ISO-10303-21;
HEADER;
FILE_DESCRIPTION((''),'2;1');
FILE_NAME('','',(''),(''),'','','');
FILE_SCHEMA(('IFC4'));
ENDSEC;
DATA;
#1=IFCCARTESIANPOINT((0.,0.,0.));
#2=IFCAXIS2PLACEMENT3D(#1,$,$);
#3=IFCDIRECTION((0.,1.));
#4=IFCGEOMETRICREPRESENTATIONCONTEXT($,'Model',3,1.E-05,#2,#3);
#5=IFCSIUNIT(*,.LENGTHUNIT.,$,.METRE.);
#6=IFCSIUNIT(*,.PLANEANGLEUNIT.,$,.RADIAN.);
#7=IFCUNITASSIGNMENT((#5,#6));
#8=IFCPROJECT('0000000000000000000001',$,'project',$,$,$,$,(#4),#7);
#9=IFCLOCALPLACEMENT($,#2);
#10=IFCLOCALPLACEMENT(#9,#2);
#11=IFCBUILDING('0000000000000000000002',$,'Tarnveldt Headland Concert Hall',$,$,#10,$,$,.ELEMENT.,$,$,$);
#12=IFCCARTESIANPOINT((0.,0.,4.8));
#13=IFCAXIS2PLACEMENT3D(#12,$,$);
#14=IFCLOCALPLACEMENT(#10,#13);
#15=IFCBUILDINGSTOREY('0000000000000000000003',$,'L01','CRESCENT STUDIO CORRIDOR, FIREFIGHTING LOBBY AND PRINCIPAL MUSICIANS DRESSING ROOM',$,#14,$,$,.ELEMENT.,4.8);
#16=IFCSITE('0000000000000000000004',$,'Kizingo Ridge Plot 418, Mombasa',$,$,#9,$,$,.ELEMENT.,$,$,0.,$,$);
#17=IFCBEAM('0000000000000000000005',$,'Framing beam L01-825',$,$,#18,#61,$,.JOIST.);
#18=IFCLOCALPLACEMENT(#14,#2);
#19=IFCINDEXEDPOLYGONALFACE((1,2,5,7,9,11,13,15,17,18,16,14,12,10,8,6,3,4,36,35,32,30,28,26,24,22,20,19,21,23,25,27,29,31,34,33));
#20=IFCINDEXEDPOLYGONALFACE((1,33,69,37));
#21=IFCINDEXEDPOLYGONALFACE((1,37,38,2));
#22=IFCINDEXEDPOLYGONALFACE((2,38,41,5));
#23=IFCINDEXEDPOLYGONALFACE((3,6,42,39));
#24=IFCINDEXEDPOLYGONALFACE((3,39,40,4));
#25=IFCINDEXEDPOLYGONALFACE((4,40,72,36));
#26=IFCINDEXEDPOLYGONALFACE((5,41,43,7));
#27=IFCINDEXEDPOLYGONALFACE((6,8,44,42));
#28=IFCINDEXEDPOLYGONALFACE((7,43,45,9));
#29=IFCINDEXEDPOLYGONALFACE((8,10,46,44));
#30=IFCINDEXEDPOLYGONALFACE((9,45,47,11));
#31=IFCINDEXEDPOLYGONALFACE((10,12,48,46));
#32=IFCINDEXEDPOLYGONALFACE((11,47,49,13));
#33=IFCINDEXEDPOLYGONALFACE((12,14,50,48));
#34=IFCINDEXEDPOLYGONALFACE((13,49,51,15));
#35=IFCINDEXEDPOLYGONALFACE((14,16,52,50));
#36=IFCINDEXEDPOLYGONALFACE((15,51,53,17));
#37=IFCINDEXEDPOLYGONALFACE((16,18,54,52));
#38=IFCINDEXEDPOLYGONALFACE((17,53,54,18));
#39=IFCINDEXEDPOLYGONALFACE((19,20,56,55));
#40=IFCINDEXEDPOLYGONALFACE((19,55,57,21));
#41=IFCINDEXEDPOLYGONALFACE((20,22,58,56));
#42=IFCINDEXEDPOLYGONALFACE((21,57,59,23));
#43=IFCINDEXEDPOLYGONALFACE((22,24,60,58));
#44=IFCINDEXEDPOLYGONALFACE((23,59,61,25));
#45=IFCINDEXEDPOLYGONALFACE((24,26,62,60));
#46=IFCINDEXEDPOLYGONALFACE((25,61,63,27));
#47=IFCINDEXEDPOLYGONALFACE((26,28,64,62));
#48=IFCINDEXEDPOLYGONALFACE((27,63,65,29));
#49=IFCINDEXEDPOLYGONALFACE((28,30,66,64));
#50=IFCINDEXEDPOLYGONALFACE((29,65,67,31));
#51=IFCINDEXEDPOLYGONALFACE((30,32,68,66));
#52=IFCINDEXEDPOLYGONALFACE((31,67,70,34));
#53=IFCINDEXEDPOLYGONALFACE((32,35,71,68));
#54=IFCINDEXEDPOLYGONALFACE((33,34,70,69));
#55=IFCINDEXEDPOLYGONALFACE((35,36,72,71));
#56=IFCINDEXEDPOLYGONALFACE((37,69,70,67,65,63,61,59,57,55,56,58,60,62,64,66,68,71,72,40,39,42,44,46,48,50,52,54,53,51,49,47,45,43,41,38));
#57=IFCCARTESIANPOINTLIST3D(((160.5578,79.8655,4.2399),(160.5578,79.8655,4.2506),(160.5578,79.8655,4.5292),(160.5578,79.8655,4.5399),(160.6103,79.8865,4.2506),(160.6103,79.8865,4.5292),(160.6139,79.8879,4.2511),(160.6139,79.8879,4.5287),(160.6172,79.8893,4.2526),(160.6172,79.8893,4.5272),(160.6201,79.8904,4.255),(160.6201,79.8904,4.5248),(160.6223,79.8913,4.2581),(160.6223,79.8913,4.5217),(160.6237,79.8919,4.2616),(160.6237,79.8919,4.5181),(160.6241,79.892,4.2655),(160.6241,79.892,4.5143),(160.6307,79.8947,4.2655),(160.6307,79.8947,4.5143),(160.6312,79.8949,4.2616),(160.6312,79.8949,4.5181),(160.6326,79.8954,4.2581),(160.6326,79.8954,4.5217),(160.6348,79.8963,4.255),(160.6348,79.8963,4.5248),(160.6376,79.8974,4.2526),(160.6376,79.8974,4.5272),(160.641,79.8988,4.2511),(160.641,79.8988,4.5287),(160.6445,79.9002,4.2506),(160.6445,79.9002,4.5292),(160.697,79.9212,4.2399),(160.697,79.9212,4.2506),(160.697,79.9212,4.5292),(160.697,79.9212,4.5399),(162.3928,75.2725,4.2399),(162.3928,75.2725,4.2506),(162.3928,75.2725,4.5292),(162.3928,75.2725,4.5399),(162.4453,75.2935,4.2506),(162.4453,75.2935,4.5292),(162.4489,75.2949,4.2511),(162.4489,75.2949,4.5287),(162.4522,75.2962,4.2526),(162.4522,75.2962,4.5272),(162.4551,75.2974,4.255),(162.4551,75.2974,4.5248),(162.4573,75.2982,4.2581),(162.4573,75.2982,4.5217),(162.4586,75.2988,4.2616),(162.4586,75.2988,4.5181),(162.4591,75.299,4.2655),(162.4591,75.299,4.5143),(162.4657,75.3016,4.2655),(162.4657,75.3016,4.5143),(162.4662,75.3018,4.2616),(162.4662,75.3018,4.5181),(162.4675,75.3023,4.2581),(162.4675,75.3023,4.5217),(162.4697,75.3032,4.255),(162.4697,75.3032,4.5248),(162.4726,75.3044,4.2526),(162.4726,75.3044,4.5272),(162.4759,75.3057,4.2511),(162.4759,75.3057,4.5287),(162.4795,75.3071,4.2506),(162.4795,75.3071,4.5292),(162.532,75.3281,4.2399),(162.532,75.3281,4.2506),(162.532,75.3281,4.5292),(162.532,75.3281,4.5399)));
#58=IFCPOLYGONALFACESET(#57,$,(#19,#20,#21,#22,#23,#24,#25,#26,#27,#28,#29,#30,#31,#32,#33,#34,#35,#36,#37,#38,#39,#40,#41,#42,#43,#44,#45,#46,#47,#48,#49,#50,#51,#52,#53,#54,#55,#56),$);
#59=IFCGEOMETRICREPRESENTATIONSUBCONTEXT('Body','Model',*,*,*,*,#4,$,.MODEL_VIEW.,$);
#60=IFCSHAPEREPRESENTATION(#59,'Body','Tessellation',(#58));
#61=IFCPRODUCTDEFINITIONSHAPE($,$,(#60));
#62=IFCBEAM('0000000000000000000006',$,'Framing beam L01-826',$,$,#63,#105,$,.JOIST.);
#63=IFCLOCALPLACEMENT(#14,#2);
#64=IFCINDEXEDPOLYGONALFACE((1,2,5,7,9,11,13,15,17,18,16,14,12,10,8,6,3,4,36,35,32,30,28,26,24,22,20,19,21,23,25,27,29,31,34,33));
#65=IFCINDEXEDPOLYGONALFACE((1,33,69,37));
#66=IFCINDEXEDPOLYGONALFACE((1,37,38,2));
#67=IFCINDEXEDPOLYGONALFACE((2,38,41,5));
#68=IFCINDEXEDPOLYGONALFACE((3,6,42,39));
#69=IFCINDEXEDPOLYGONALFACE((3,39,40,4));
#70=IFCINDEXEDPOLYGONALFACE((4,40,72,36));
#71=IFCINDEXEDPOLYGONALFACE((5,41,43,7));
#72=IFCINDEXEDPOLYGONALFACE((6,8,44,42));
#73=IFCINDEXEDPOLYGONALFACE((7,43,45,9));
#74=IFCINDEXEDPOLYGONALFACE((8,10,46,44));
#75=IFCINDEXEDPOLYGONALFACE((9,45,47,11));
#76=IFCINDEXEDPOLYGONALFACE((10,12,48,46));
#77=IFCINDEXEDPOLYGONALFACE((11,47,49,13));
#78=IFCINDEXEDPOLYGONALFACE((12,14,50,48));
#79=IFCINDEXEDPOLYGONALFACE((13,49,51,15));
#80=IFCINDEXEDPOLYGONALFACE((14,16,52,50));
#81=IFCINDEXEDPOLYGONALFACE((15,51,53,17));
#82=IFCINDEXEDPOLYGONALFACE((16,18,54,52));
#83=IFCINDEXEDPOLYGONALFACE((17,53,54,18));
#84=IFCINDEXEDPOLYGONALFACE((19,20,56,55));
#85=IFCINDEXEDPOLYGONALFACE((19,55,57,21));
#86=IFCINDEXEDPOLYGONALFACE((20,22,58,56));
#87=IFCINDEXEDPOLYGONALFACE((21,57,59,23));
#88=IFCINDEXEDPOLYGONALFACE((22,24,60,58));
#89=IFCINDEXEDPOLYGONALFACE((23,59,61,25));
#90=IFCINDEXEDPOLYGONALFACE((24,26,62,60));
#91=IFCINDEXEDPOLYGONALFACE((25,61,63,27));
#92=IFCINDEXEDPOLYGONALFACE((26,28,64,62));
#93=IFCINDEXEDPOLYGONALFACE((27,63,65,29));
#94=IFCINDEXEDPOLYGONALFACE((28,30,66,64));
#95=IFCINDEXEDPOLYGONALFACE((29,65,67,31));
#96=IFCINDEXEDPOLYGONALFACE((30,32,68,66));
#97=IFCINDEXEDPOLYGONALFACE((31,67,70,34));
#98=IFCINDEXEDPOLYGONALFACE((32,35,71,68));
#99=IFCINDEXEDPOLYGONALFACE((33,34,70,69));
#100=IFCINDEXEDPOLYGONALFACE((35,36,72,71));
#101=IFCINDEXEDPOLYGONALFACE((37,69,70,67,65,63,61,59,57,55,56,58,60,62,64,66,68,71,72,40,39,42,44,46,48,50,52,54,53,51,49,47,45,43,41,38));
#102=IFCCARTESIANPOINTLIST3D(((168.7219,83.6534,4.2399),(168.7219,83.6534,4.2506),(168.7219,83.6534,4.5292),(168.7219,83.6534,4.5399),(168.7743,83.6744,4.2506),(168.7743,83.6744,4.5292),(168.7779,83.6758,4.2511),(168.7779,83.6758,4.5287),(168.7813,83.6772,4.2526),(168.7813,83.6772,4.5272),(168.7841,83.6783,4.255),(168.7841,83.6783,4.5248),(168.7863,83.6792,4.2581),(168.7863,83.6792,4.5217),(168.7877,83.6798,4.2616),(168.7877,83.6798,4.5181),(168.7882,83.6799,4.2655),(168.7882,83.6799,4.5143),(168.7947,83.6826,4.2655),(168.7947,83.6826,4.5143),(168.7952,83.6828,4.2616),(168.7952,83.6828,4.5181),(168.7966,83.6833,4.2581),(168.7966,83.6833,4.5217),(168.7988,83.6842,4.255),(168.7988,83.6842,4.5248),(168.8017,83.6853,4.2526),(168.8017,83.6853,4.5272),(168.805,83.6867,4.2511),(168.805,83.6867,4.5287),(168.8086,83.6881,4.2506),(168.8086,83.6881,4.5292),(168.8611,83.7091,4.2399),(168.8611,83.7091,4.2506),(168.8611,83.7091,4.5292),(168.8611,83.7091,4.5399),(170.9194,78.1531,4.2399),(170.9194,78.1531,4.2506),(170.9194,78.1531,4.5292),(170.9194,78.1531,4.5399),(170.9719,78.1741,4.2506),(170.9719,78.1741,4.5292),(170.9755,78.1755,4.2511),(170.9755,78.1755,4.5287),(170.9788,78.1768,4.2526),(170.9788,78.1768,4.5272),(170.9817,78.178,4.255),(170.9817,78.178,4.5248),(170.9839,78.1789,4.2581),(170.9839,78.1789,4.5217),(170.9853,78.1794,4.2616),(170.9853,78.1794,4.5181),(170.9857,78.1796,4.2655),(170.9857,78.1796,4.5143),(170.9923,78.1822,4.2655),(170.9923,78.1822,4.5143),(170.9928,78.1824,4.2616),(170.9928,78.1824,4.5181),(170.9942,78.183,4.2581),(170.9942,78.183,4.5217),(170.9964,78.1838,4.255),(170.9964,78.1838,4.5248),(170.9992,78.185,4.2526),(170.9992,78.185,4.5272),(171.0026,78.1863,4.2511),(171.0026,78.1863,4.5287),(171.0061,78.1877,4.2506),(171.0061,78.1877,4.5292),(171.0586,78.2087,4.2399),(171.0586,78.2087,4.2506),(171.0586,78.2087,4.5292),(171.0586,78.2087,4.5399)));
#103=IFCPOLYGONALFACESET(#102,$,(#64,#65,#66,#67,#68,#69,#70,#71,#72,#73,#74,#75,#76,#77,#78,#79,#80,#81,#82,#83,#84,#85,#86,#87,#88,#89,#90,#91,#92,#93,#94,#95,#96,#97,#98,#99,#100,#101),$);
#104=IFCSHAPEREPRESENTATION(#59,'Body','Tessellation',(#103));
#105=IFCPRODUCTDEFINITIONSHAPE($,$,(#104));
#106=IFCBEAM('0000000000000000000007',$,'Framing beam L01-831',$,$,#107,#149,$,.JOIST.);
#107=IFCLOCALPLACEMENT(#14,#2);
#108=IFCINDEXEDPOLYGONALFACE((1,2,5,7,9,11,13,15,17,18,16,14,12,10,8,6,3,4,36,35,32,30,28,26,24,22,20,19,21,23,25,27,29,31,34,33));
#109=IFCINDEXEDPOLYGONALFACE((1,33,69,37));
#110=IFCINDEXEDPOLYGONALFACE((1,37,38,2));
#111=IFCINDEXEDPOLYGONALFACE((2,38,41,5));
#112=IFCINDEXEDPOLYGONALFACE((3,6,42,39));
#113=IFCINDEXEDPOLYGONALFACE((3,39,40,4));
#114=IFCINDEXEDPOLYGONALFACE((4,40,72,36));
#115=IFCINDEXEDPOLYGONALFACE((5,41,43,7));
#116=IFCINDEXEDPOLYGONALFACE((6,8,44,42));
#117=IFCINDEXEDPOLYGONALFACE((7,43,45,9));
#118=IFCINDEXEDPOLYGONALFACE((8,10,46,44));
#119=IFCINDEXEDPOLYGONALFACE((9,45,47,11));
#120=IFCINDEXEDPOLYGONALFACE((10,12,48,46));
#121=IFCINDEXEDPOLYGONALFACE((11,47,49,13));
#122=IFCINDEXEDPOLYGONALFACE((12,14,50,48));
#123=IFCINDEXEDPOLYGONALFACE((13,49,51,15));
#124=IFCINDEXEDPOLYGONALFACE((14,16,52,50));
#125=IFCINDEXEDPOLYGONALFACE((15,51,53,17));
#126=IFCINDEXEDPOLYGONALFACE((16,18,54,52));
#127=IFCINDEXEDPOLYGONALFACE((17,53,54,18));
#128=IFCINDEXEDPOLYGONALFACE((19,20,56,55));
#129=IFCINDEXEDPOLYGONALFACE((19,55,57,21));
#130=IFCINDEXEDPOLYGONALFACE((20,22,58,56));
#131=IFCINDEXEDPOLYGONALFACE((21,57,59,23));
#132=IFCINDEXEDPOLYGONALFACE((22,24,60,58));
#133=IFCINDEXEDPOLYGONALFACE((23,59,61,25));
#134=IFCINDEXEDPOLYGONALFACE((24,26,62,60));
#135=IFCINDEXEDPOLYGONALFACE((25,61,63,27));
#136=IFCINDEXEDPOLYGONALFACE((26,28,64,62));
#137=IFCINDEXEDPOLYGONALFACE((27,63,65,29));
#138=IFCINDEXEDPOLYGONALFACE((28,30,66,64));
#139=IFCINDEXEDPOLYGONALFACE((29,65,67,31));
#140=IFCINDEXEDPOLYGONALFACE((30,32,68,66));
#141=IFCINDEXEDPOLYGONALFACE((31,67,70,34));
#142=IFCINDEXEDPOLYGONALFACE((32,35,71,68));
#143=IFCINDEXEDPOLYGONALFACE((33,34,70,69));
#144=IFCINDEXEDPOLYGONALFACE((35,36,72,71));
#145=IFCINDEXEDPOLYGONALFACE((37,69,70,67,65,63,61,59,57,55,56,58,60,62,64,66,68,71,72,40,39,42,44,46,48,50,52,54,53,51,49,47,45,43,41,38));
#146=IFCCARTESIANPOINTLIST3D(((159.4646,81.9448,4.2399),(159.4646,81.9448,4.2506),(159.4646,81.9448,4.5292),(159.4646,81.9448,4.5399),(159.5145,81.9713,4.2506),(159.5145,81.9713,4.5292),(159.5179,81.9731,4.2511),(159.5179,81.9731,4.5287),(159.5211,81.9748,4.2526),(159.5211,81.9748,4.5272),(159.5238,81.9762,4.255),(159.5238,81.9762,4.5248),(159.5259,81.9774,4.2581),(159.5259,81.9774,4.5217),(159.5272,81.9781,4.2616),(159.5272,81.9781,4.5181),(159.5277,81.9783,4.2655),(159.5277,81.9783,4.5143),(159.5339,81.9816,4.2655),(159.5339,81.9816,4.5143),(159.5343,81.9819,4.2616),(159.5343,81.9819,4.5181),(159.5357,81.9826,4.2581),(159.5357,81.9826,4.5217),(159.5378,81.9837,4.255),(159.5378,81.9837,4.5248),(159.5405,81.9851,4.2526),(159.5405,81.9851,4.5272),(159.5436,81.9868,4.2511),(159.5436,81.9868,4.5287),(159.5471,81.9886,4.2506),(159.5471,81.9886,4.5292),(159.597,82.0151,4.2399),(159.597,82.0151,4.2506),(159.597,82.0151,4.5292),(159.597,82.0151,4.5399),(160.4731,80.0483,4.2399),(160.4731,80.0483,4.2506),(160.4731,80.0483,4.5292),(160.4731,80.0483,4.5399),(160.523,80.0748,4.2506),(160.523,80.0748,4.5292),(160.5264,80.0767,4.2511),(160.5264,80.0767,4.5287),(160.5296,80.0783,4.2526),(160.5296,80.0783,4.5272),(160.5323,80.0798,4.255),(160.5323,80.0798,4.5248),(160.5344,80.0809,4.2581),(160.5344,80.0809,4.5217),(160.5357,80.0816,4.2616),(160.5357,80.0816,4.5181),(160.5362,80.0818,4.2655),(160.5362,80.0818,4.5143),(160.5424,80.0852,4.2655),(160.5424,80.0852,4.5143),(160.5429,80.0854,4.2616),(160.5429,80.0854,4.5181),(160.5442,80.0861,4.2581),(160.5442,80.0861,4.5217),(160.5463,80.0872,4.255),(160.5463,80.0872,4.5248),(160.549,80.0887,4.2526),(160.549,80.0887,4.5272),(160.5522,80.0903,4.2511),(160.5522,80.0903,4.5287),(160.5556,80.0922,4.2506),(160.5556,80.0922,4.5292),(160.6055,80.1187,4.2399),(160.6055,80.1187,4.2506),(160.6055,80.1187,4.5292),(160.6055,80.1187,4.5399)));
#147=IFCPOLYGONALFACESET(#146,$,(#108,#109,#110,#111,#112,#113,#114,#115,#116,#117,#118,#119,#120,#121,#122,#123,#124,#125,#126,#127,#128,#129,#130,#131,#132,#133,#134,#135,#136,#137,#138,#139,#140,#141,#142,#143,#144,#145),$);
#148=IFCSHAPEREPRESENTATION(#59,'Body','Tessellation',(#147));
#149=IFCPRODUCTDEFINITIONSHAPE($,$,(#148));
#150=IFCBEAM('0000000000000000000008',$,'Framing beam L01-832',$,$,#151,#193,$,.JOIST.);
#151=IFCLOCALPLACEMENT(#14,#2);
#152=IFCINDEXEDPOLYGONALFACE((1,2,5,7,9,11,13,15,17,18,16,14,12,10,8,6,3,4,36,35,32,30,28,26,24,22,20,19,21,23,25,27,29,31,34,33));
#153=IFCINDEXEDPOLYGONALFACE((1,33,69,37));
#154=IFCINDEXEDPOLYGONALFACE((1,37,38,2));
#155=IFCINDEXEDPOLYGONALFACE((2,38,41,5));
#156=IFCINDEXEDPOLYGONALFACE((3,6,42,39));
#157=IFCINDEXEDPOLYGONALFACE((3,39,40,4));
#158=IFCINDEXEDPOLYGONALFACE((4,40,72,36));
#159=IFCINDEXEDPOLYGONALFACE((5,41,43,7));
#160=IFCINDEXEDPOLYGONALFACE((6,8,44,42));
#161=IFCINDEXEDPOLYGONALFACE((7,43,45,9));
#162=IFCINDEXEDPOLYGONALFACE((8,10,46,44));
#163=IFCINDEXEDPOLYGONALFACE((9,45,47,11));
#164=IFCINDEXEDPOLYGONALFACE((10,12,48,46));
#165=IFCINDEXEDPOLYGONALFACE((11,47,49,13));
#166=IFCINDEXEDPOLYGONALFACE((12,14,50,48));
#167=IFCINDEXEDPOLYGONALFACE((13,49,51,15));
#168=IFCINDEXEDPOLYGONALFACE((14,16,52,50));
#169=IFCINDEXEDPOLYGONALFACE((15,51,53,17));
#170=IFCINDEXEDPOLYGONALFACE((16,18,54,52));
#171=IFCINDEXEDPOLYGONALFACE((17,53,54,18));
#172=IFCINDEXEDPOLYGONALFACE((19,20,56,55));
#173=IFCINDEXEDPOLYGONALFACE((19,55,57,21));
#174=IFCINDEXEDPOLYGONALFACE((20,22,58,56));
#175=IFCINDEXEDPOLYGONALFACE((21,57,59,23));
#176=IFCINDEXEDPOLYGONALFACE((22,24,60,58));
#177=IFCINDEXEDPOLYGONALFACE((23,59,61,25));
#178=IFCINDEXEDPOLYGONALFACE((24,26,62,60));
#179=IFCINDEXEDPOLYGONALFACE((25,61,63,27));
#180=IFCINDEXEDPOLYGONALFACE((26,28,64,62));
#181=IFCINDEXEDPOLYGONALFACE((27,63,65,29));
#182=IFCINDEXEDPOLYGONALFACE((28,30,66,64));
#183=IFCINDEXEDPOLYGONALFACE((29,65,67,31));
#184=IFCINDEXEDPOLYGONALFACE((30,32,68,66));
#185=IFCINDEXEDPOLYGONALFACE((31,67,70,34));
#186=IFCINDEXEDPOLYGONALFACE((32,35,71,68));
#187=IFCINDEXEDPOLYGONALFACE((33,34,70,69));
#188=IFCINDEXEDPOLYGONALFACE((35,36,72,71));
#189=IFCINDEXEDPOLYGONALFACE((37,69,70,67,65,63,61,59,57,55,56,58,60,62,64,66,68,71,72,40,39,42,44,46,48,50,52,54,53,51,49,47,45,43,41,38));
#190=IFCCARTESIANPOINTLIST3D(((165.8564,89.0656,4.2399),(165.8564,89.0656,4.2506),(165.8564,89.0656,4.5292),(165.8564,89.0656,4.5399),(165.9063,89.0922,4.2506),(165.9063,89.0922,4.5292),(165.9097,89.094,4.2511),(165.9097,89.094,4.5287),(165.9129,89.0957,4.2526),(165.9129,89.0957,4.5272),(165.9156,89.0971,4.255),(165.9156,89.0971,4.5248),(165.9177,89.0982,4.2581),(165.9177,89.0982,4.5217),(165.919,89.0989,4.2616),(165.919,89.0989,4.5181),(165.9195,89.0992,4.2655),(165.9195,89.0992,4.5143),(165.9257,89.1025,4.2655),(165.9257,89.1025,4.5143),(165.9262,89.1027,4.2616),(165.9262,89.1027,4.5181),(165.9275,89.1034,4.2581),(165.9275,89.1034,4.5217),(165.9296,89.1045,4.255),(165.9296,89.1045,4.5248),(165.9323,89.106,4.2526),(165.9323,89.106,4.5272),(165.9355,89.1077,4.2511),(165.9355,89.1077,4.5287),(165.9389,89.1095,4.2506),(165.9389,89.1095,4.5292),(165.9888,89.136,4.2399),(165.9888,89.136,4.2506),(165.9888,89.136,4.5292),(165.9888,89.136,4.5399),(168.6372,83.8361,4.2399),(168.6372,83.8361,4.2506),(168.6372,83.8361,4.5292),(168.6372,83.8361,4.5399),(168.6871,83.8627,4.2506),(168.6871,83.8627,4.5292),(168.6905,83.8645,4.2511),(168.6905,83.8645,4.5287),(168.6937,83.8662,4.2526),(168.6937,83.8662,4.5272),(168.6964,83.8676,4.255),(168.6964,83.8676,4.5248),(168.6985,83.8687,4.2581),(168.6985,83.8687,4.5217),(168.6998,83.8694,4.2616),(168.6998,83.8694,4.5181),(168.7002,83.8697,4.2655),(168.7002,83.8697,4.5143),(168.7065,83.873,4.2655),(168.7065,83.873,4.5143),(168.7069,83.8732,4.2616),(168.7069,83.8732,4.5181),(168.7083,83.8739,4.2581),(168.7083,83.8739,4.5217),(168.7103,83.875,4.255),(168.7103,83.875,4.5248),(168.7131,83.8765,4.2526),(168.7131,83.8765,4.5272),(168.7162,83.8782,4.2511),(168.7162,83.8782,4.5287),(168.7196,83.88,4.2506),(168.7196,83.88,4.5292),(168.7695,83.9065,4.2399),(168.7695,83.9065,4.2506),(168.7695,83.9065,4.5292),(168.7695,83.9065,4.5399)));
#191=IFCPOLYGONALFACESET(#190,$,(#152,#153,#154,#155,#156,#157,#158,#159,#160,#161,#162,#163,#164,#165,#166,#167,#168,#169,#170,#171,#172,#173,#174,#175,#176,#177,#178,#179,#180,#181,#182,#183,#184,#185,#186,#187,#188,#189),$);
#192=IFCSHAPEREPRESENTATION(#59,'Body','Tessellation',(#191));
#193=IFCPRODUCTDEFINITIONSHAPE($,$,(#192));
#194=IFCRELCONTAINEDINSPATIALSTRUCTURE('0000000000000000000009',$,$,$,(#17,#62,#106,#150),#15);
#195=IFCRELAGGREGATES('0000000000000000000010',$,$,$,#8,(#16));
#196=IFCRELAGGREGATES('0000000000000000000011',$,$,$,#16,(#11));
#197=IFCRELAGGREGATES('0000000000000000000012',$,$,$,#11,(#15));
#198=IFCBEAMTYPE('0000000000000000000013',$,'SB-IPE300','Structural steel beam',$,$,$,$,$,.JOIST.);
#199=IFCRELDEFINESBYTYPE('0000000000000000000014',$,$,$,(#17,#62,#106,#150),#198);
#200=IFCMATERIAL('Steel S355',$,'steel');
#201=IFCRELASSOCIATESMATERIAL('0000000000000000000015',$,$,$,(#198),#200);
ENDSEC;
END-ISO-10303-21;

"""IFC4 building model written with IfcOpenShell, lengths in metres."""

from ifc_helpers import new_model, si_unit, direction, frame, origin, origin_2d, place, context, subcontext, project, spatial, i_section, extrude, material, material_profile, profile_set, type_object, element, save


model = new_model("IFC4")

# Units and contexts
model_context = context("Model", 3, precision=1e-05, world=origin(), true_north=direction((0.0, 1.0)))
body_context = subcontext(model_context, "Body", "Model", "MODEL_VIEW")
ifc_project = project(units=[si_unit("LENGTHUNIT", "METRE"), si_unit("PLANEANGLEUNIT", "RADIAN")], contexts=[model_context])

# Site, building, storey
site_placement = place(None, origin())
site = spatial("IfcSite", under=ifc_project, at=site_placement, Name="Kizingo Ridge Plot 418, Mombasa", CompositionType="ELEMENT", RefElevation=0.0)
building_placement = place(site_placement, origin())
building = spatial("IfcBuilding", under=site, at=building_placement, Name="Tarnveldt Headland Concert Hall", CompositionType="ELEMENT")
storey_placement = place(building_placement, frame((0.0, 0.0, 4.8)))
storey = spatial("IfcBuildingStorey", under=building, at=storey_placement, Name="L01", Description="CRESCENT STUDIO CORRIDOR, FIREFIGHTING LOBBY AND PRINCIPAL MUSICIANS DRESSING ROOM", CompositionType="ELEMENT", Elevation=4.8)

# Beams
ifc_material_1 = material(Name="Steel S355", Category="steel")
ifc_material_profile_1 = material_profile(ifc_material_1, i_section(OverallWidth=0.1499, OverallDepth=0.3, WebThickness=0.0071, FlangeThickness=0.0107, FilletRadius=0.0149, at=origin_2d()), Name="IPE300", Category="steel")
ifc_profile_set_1 = profile_set([ifc_material_profile_1], Name="Steel S355")
beam_type_1 = type_object("IfcBeamType", Name="SB-IPE300", Description="Structural steel beam", PredefinedType="JOIST", material=ifc_profile_set_1)
beam_1_placement = place(storey_placement, frame((162.4624, 75.3003, 4.3899), z_axis=(-0.370999, 0.928633, 0.0), x_axis=(-0.928633, -0.370999, 0.0)))
element("IfcBeam", 1, at=beam_1_placement, inside=storey, type_object=beam_type_1, Name="Framing beam L01-825", PredefinedType="JOIST", context=body_context, shape_type="SweptSolid", body=[
    extrude(i_section(OverallWidth=0.1499, OverallDepth=0.3, WebThickness=0.0071, FlangeThickness=0.0107, FilletRadius=0.0149, at=origin_2d()), origin(), (0.0, 0.0, 1.0), 4.946),
])
beam_2_placement = place(storey_placement, frame((170.989, 78.1809, 4.3899), z_axis=(-0.371014, 0.928627, 0.0), x_axis=(-0.928627, -0.371014, 0.0)))
element("IfcBeam", 2, at=beam_2_placement, inside=storey, type_object=beam_type_1, Name="Framing beam L01-826", PredefinedType="JOIST", context=body_context, shape_type="SweptSolid", body=[
    extrude(i_section(OverallWidth=0.1499, OverallDepth=0.3, WebThickness=0.0071, FlangeThickness=0.0107, FilletRadius=0.0149, at=origin_2d()), origin(), (0.0, 0.0, 1.0), 5.9231),
])
beam_3_placement = place(storey_placement, frame((160.5393, 80.0835, 4.3899), z_axis=(-0.469532, 0.882915, 0.0), x_axis=(-0.882915, -0.469532, 0.0)))
element("IfcBeam", 3, at=beam_3_placement, inside=storey, type_object=beam_type_1, Name="Framing beam L01-831", PredefinedType="JOIST", context=body_context, shape_type="SweptSolid", body=[
    extrude(i_section(OverallWidth=0.1499, OverallDepth=0.3, WebThickness=0.0071, FlangeThickness=0.0107, FilletRadius=0.0149, at=origin_2d()), origin(), (0.0, 0.0, 1.0), 2.1479),
])
beam_4_placement = place(storey_placement, frame((168.7034, 83.8713, 4.3899), z_axis=(-0.469497, 0.882934, 0.0), x_axis=(-0.882934, -0.469497, 0.0)))
element("IfcBeam", 4, at=beam_4_placement, inside=storey, type_object=beam_type_1, Name="Framing beam L01-832", PredefinedType="JOIST", context=body_context, shape_type="SweptSolid", body=[
    extrude(i_section(OverallWidth=0.1499, OverallDepth=0.3, WebThickness=0.0071, FlangeThickness=0.0107, FilletRadius=0.0149, at=origin_2d()), origin(), (0.0, 0.0, 1.0), 5.9229),
])

save(model, "model.ifc")
